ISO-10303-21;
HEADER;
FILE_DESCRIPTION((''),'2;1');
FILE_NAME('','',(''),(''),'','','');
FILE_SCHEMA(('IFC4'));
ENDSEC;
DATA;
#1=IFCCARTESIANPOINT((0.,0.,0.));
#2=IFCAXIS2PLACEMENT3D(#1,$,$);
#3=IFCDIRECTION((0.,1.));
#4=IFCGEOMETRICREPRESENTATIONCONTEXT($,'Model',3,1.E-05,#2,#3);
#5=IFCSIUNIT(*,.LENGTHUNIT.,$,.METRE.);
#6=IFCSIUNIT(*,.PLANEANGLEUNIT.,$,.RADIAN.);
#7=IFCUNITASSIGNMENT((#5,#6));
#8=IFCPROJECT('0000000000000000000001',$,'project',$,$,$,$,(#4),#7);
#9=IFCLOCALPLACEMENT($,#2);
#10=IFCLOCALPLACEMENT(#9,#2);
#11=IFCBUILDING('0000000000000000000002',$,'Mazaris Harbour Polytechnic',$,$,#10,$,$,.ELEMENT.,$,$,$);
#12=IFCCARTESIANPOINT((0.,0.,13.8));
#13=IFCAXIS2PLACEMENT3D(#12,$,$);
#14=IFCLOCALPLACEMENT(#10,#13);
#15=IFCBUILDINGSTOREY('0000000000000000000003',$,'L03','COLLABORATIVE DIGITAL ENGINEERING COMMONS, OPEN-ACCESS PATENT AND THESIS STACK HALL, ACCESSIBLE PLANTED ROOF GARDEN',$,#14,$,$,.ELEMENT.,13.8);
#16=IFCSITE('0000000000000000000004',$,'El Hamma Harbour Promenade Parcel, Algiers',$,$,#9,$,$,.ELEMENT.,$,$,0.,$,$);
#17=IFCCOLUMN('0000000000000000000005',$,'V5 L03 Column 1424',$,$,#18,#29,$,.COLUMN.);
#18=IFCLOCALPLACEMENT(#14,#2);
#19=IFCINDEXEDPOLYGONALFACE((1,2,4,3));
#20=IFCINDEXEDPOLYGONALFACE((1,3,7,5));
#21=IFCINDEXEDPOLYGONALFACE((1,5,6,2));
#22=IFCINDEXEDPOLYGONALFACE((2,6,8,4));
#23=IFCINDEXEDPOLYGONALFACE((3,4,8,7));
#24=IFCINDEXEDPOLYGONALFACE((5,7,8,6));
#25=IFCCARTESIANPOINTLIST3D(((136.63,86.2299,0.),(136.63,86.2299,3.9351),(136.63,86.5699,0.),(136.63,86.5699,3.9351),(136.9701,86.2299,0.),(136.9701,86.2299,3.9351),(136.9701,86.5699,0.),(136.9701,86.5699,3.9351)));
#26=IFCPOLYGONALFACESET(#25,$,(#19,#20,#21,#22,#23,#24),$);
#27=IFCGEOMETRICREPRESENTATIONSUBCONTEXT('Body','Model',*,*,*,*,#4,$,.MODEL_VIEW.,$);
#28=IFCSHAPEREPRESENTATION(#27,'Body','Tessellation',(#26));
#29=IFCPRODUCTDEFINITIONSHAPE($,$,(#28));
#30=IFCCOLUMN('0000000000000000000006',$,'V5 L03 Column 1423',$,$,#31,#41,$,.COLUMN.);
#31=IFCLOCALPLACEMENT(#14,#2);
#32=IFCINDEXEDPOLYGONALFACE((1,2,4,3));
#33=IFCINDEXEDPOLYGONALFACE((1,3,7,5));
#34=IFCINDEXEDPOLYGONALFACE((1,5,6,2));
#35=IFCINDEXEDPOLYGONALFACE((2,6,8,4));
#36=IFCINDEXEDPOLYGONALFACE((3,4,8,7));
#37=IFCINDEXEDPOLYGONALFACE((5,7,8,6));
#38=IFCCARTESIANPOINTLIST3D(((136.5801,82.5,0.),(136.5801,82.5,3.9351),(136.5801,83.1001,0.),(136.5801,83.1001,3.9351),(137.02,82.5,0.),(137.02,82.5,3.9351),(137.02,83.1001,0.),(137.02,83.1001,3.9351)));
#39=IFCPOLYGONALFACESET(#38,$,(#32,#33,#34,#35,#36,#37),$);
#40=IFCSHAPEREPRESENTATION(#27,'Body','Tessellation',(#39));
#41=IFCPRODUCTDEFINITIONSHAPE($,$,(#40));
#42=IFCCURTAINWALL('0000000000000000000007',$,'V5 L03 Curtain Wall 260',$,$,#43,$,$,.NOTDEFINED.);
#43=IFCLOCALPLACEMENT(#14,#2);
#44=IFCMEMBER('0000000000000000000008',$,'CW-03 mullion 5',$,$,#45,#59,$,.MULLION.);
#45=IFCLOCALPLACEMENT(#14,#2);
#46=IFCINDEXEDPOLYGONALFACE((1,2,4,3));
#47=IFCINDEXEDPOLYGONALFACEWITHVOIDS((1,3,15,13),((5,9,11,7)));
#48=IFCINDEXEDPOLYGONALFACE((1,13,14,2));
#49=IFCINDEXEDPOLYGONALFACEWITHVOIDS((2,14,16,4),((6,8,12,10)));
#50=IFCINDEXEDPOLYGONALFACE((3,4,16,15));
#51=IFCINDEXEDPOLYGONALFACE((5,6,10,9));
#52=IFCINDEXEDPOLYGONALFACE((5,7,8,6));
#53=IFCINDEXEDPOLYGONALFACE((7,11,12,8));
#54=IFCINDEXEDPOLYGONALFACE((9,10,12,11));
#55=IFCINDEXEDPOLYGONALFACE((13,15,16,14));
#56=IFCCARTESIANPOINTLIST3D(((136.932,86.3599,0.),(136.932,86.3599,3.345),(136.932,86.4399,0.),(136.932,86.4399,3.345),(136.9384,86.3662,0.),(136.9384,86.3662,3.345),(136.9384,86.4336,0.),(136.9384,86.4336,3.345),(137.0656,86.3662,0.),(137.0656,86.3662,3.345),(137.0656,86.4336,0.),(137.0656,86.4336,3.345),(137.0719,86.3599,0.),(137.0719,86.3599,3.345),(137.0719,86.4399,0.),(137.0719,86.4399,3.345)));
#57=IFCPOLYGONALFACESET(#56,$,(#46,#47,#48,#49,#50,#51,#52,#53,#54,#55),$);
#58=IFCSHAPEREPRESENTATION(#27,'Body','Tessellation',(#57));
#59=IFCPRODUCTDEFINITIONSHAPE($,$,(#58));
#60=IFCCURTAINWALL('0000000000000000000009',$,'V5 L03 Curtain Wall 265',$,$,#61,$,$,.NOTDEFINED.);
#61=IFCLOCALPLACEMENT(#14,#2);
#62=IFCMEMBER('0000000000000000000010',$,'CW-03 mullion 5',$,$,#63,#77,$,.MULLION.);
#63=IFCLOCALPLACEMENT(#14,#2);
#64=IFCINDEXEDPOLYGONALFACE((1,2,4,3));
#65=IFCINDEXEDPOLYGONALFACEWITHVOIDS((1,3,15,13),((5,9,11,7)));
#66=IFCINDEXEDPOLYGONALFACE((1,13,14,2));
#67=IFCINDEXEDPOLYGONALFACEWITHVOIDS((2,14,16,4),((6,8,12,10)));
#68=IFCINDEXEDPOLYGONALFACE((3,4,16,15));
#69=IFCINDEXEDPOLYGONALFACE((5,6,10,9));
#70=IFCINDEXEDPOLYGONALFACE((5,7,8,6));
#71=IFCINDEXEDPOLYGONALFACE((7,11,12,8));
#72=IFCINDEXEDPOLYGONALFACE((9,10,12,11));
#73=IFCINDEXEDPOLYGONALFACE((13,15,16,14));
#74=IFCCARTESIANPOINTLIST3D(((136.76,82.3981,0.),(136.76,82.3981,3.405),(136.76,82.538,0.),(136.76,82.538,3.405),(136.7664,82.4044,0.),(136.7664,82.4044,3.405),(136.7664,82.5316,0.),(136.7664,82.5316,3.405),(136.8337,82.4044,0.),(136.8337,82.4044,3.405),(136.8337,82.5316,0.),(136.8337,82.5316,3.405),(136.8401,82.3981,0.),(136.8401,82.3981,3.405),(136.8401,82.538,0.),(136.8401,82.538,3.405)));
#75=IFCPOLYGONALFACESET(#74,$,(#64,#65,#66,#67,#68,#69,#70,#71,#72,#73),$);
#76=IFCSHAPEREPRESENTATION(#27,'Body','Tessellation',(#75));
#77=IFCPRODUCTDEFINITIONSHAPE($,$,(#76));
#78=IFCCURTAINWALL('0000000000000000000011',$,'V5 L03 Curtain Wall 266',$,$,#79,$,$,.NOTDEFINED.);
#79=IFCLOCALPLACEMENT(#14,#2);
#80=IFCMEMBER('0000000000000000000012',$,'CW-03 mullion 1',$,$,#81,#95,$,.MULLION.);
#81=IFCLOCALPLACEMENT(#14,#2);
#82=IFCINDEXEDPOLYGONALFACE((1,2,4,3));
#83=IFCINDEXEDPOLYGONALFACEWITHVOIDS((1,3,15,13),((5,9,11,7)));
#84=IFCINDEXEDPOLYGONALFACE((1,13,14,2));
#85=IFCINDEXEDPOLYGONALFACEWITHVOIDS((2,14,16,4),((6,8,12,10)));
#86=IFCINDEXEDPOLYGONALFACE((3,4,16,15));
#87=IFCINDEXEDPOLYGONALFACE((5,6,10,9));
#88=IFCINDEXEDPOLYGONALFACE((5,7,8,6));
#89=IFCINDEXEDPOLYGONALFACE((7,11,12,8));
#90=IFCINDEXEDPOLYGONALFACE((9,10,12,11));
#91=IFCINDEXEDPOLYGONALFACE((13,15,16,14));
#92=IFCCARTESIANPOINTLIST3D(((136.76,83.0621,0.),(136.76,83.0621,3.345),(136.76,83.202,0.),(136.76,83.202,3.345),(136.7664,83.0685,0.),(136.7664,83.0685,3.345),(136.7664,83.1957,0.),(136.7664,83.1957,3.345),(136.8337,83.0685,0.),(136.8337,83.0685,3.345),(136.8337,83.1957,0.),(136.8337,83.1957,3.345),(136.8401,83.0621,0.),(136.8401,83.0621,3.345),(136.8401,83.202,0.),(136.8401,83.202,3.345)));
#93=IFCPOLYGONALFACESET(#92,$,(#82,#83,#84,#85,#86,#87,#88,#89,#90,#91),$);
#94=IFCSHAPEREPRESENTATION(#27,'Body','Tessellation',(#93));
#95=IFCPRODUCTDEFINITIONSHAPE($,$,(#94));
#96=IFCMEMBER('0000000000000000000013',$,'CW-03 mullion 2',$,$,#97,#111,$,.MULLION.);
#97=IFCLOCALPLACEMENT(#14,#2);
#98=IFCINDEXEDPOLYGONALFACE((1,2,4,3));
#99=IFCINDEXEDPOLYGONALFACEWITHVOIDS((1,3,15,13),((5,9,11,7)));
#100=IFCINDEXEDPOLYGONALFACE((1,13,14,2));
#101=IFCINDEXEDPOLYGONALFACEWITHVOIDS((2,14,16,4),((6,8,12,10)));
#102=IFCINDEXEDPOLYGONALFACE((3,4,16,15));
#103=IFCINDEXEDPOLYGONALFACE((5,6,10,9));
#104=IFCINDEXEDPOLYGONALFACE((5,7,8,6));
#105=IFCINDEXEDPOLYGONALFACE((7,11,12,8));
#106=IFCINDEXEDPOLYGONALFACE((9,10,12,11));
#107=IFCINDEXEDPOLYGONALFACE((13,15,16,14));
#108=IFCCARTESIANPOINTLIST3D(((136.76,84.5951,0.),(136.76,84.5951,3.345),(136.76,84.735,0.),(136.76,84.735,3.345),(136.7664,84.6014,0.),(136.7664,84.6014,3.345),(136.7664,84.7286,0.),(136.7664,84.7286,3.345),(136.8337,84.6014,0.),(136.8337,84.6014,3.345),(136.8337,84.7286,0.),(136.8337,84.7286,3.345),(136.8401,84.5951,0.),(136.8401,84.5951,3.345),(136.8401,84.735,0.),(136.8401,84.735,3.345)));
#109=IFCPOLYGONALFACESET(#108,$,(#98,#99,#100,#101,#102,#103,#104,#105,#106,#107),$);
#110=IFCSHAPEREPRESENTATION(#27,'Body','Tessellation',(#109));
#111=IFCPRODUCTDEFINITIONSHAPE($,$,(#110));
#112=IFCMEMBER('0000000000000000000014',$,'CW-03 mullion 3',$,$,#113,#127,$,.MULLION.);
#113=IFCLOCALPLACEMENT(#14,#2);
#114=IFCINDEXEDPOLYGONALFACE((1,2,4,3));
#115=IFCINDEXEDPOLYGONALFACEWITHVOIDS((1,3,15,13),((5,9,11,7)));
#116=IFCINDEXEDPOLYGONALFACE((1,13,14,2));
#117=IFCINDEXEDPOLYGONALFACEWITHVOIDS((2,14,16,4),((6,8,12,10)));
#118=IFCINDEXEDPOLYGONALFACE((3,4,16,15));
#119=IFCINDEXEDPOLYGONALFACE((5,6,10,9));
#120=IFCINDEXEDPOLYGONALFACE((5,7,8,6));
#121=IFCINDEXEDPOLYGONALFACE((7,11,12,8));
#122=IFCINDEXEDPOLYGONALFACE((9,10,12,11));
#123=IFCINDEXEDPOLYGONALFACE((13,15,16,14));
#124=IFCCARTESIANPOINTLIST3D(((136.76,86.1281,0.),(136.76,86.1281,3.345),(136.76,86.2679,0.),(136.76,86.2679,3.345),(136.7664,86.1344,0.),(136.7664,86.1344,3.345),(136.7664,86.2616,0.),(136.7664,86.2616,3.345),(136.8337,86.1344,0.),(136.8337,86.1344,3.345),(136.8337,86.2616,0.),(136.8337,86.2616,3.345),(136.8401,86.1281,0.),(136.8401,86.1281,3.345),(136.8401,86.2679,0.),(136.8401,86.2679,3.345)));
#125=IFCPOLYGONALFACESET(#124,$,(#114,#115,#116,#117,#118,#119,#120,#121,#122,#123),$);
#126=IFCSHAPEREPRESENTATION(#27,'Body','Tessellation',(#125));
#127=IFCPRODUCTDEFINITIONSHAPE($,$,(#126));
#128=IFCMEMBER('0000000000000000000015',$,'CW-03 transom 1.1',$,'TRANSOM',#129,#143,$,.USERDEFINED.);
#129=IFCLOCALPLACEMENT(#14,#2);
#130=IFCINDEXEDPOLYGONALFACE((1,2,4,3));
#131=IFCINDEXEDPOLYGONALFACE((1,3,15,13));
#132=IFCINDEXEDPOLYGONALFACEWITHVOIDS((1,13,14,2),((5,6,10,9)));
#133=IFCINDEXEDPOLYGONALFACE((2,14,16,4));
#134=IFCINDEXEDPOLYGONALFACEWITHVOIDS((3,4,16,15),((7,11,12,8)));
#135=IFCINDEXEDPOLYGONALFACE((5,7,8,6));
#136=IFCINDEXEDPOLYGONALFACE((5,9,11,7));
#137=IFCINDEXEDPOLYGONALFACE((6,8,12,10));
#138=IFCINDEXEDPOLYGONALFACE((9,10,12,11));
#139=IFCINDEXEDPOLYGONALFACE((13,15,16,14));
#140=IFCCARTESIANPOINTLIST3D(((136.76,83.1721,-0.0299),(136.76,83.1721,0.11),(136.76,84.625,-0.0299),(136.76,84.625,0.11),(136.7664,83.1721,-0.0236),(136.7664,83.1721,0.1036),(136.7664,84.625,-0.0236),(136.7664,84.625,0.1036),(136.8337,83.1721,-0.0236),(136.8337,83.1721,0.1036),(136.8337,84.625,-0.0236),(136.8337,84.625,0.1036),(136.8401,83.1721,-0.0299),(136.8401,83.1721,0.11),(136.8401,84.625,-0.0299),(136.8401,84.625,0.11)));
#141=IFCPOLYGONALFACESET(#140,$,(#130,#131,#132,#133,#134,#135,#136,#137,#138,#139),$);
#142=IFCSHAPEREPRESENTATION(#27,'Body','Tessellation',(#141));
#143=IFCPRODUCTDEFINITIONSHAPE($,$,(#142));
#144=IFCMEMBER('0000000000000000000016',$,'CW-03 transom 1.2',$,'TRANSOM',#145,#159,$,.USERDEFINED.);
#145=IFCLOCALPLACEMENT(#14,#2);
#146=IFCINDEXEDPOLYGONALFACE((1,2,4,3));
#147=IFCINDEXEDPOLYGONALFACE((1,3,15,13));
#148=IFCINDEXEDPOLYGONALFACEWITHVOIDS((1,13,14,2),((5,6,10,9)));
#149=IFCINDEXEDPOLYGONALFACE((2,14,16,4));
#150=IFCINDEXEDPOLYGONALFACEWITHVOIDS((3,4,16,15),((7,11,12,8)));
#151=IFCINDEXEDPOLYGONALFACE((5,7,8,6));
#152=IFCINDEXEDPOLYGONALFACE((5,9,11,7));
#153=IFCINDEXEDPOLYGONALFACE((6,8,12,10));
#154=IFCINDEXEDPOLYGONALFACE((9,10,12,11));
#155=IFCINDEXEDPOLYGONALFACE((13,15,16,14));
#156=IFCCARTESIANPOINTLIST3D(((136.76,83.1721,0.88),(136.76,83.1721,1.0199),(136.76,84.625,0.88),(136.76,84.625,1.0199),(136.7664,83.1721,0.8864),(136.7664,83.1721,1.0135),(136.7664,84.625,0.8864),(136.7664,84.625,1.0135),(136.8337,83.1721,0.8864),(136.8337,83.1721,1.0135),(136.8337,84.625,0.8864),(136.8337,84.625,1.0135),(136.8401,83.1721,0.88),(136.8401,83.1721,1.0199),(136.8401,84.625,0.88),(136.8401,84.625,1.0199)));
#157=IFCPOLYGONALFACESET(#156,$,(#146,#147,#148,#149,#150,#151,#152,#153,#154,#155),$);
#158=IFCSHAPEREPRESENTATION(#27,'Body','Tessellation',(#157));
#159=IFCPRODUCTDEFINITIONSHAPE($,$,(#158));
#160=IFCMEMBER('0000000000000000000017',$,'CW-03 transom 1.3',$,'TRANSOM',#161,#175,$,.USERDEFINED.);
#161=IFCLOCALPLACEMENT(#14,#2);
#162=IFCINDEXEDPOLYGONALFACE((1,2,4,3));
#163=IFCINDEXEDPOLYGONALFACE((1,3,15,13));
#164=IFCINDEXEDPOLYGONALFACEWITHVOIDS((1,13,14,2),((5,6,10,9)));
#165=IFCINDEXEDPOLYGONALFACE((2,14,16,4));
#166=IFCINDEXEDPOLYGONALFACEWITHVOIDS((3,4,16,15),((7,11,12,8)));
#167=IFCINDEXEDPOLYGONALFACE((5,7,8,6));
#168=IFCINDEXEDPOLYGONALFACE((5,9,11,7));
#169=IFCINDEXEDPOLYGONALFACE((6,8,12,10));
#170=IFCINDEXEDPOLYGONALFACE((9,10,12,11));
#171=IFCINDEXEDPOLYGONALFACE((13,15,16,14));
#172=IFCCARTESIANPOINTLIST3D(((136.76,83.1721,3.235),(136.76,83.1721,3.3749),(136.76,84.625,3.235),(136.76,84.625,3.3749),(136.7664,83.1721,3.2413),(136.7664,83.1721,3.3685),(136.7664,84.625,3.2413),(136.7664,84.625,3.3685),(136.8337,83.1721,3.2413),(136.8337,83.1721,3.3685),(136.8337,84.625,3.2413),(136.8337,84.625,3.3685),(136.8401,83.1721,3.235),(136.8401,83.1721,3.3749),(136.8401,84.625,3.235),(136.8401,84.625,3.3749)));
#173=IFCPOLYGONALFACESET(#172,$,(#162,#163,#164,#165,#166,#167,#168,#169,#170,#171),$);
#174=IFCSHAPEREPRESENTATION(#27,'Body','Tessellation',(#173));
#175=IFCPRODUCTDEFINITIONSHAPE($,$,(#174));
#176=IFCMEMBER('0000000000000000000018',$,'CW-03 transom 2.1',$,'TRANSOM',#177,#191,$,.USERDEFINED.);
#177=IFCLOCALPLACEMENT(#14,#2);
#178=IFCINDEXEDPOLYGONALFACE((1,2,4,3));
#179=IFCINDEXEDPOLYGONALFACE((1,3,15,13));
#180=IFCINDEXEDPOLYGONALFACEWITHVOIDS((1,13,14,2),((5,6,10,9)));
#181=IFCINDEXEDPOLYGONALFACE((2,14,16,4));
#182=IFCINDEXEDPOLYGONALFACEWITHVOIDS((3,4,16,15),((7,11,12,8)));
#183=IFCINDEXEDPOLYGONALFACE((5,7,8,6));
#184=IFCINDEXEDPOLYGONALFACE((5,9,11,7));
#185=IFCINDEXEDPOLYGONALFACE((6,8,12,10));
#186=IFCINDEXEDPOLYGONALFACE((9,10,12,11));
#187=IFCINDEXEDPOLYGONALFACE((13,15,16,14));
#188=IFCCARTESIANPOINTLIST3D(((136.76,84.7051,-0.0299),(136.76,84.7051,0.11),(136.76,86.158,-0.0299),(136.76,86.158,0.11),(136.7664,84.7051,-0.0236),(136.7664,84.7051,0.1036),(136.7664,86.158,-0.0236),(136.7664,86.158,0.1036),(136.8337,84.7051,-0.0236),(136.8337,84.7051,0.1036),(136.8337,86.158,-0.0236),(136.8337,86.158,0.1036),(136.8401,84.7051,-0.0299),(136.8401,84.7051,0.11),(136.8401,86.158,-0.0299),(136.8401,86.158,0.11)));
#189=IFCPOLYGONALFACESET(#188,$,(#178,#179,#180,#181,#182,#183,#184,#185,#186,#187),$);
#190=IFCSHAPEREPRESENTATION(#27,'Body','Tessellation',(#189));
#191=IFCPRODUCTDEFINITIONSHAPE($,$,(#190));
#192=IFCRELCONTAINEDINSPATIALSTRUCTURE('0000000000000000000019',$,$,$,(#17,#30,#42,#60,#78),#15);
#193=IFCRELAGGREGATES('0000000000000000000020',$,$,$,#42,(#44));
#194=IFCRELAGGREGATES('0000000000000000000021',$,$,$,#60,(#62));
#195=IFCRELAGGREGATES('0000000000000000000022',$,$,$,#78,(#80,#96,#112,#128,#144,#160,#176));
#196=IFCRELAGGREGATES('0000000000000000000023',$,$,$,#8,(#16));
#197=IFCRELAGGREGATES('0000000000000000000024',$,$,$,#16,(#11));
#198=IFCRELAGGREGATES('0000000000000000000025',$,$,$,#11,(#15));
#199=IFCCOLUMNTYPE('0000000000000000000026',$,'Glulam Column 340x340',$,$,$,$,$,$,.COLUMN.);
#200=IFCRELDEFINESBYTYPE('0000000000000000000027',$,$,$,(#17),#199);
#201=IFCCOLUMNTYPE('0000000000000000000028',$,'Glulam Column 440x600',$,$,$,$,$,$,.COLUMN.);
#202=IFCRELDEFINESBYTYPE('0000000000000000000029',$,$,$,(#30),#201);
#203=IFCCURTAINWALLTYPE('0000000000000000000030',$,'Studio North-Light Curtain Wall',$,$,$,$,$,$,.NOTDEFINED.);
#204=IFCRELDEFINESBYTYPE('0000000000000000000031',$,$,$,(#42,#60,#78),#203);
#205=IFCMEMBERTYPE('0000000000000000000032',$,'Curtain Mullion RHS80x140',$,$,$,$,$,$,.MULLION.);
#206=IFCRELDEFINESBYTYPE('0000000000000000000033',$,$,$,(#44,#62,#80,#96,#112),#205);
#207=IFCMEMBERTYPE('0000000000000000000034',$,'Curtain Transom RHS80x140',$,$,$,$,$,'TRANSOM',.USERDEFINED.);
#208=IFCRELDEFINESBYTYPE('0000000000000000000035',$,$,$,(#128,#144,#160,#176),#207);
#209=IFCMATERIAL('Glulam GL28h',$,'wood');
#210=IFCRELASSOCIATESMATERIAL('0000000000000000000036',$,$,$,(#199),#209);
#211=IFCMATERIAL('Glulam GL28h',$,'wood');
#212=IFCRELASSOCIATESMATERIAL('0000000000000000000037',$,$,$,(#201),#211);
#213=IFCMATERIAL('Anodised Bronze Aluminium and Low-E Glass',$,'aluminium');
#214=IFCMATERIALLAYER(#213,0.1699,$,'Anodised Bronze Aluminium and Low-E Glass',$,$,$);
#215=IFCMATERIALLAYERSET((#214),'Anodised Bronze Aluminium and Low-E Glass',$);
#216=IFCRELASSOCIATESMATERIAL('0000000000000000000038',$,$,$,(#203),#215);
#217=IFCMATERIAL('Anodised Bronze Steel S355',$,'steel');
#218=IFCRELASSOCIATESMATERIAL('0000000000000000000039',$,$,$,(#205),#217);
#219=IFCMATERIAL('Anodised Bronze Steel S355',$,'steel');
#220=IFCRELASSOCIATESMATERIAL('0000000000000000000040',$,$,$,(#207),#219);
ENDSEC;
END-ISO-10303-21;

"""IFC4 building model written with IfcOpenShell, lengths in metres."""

from ifc_helpers import new_model, si_unit, direction, frame, origin, origin_2d, place, context, subcontext, project, spatial, rectangle, hollow_rectangle, extrude, material, layer, layer_set, material_profile, profile_set, type_object, element, aggregate, save


model = new_model("IFC4")

# Units and contexts
model_context = context("Model", 3, precision=1e-05, world=origin(), true_north=direction((0.0, 1.0)))
body_context = subcontext(model_context, "Body", "Model", "MODEL_VIEW")
ifc_project = project(units=[si_unit("LENGTHUNIT", "METRE"), si_unit("PLANEANGLEUNIT", "RADIAN")], contexts=[model_context])

# Site, building, storey
site_placement = place(None, origin())
site = spatial("IfcSite", under=ifc_project, at=site_placement, Name="El Hamma Harbour Promenade Parcel, Algiers", CompositionType="ELEMENT", RefElevation=0.0)
building_placement = place(site_placement, origin())
building = spatial("IfcBuilding", under=site, at=building_placement, Name="Mazaris Harbour Polytechnic", CompositionType="ELEMENT")
storey_placement = place(building_placement, frame((0.0, 0.0, 13.8)))
storey = spatial("IfcBuildingStorey", under=building, at=storey_placement, Name="L03", Description="COLLABORATIVE DIGITAL ENGINEERING COMMONS, OPEN-ACCESS PATENT AND THESIS STACK HALL, ACCESSIBLE PLANTED ROOF GARDEN", CompositionType="ELEMENT", Elevation=13.8)

# Columns
ifc_material_1 = material(Name="Glulam GL28h", Category="wood")
ifc_material_profile_1 = material_profile(ifc_material_1, rectangle(XDim=0.3401, YDim=0.3401, at=origin_2d()), Name="RECT340x340")
ifc_profile_set_1 = profile_set([ifc_material_profile_1], Name="Glulam GL28h")
column_type_1 = type_object("IfcColumnType", Name="Glulam Column 340x340", PredefinedType="COLUMN", material=ifc_profile_set_1)
column_1_placement = place(storey_placement, frame((136.8, 86.3999, 0.0), z_axis=(0.0, 0.0, 1.0), x_axis=(1.0, 0.0, 0.0)))
element("IfcColumn", 1, at=column_1_placement, inside=storey, type_object=column_type_1, Name="V5 L03 Column 1424", PredefinedType="COLUMN", context=body_context, shape_type="SweptSolid", body=[
    extrude(rectangle(XDim=0.3401, YDim=0.3401, at=origin_2d()), origin(), (0.0, 0.0, 1.0), 3.9351),
])
ifc_material_2 = material(Name="Glulam GL28h", Category="wood")
ifc_material_profile_2 = material_profile(ifc_material_2, rectangle(XDim=0.4399, YDim=0.6001, at=origin_2d()), Name="RECT440x600")
ifc_profile_set_2 = profile_set([ifc_material_profile_2], Name="Glulam GL28h")
column_type_2 = type_object("IfcColumnType", Name="Glulam Column 440x600", PredefinedType="COLUMN", material=ifc_profile_set_2)
column_2_placement = place(storey_placement, frame((136.8, 82.8, 0.0), z_axis=(0.0, 0.0, 1.0), x_axis=(1.0, 0.0, 0.0)))
element("IfcColumn", 2, at=column_2_placement, inside=storey, type_object=column_type_2, Name="V5 L03 Column 1423", PredefinedType="COLUMN", context=body_context, shape_type="SweptSolid", body=[
    extrude(rectangle(XDim=0.4399, YDim=0.6001, at=origin_2d()), origin(), (0.0, 0.0, 1.0), 3.9351),
])

# Curtain walls, members
ifc_material_3 = material(Name="Anodised Bronze Aluminium and Low-E Glass", Category="aluminium")
ifc_layer_1 = layer(ifc_material_3, 0.1699, Name="Anodised Bronze Aluminium and Low-E Glass")
ifc_layer_set_1 = layer_set([ifc_layer_1], Name="Anodised Bronze Aluminium and Low-E Glass")
curtain_wall_type = type_object("IfcCurtainWallType", Name="Studio North-Light Curtain Wall", PredefinedType="NOTDEFINED", material=ifc_layer_set_1)
curtain_wall_1_placement = place(storey_placement, origin())
curtain_wall_1 = element("IfcCurtainWall", 3, at=curtain_wall_1_placement, inside=storey, type_object=curtain_wall_type, Name="V5 L03 Curtain Wall 260", PredefinedType="NOTDEFINED")
ifc_material_4 = material(Name="Anodised Bronze Steel S355", Category="steel")
ifc_material_profile_3 = material_profile(ifc_material_4, hollow_rectangle(XDim=0.0801, YDim=0.1399, WallThickness=0.0063, at=origin_2d()), Name="RHS 80x140x6.3")
ifc_profile_set_3 = profile_set([ifc_material_profile_3], Name="Anodised Bronze Steel S355")
member_type_1 = type_object("IfcMemberType", Name="Curtain Mullion RHS80x140", PredefinedType="MULLION", material=ifc_profile_set_3)
member_1_placement = place(storey_placement, frame((137.002, 86.3999, 0.0), z_axis=(0.0, 0.0, 1.0), x_axis=(0.0, -1.0, 0.0)))
member_1 = element("IfcMember", 4, at=member_1_placement, type_object=member_type_1, Name="CW-03 mullion 5", PredefinedType="MULLION", context=body_context, shape_type="SweptSolid", body=[
    extrude(hollow_rectangle(XDim=0.0801, YDim=0.1399, WallThickness=0.0063, at=origin_2d()), origin(), (0.0, 0.0, 1.0), 3.345),
])
aggregate(curtain_wall_1, [member_1])
curtain_wall_2_placement = place(storey_placement, origin())
curtain_wall_2 = element("IfcCurtainWall", 5, at=curtain_wall_2_placement, inside=storey, type_object=curtain_wall_type, Name="V5 L03 Curtain Wall 265", PredefinedType="NOTDEFINED")
member_2_placement = place(storey_placement, frame((136.8, 82.468, 0.0), z_axis=(0.0, 0.0, 1.0), x_axis=(-1.0, 0.0, 0.0)))
member_2 = element("IfcMember", 6, at=member_2_placement, type_object=member_type_1, Name="CW-03 mullion 5", PredefinedType="MULLION", context=body_context, shape_type="SweptSolid", body=[
    extrude(hollow_rectangle(XDim=0.0801, YDim=0.1399, WallThickness=0.0063, at=origin_2d()), origin(), (0.0, 0.0, 1.0), 3.405),
])
aggregate(curtain_wall_2, [member_2])

# Curtain wall, members
curtain_wall_3_placement = place(storey_placement, origin())
curtain_wall_3 = element("IfcCurtainWall", 7, at=curtain_wall_3_placement, inside=storey, type_object=curtain_wall_type, Name="V5 L03 Curtain Wall 266", PredefinedType="NOTDEFINED")
member_3_placement = place(storey_placement, frame((136.8, 83.1321, 0.0), z_axis=(0.0, 0.0, 1.0), x_axis=(-1.0, 0.0, 0.0)))
member_3 = element("IfcMember", 8, at=member_3_placement, type_object=member_type_1, Name="CW-03 mullion 1", PredefinedType="MULLION", context=body_context, shape_type="SweptSolid", body=[
    extrude(hollow_rectangle(XDim=0.0801, YDim=0.1399, WallThickness=0.0063, at=origin_2d()), origin(), (0.0, 0.0, 1.0), 3.345),
])
member_4_placement = place(storey_placement, frame((136.8, 84.665, 0.0), z_axis=(0.0, 0.0, 1.0), x_axis=(-1.0, 0.0, 0.0)))
member_4 = element("IfcMember", 9, at=member_4_placement, type_object=member_type_1, Name="CW-03 mullion 2", PredefinedType="MULLION", context=body_context, shape_type="SweptSolid", body=[
    extrude(hollow_rectangle(XDim=0.0801, YDim=0.1399, WallThickness=0.0063, at=origin_2d()), origin(), (0.0, 0.0, 1.0), 3.345),
])
member_5_placement = place(storey_placement, frame((136.8, 86.198, 0.0), z_axis=(0.0, 0.0, 1.0), x_axis=(-1.0, 0.0, 0.0)))
member_5 = element("IfcMember", 10, at=member_5_placement, type_object=member_type_1, Name="CW-03 mullion 3", PredefinedType="MULLION", context=body_context, shape_type="SweptSolid", body=[
    extrude(hollow_rectangle(XDim=0.0801, YDim=0.1399, WallThickness=0.0063, at=origin_2d()), origin(), (0.0, 0.0, 1.0), 3.345),
])
ifc_material_5 = material(Name="Anodised Bronze Steel S355", Category="steel")
ifc_material_profile_4 = material_profile(ifc_material_5, hollow_rectangle(XDim=0.0801, YDim=0.1399, WallThickness=0.0063, at=origin_2d()), Name="RHS 80x140x6.3")
ifc_profile_set_4 = profile_set([ifc_material_profile_4], Name="Anodised Bronze Steel S355")
member_type_2 = type_object("IfcMemberType", Name="Curtain Transom RHS80x140", ElementType="TRANSOM", PredefinedType="USERDEFINED", material=ifc_profile_set_4)
member_6_placement = place(storey_placement, frame((136.8, 83.1721, 0.04), z_axis=(0.0, 1.0, 0.0), x_axis=(-1.0, 0.0, 0.0)))
member_6 = element("IfcMember", 11, at=member_6_placement, type_object=member_type_2, Name="CW-03 transom 1.1", ObjectType="TRANSOM", PredefinedType="USERDEFINED", context=body_context, shape_type="SweptSolid", body=[
    extrude(hollow_rectangle(XDim=0.0801, YDim=0.1399, WallThickness=0.0063, at=origin_2d()), origin(), (0.0, 0.0, 1.0), 1.4529),
])
member_7_placement = place(storey_placement, frame((136.8, 83.1721, 0.95), z_axis=(0.0, 1.0, 0.0), x_axis=(-1.0, 0.0, 0.0)))
member_7 = element("IfcMember", 12, at=member_7_placement, type_object=member_type_2, Name="CW-03 transom 1.2", ObjectType="TRANSOM", PredefinedType="USERDEFINED", context=body_context, shape_type="SweptSolid", body=[
    extrude(hollow_rectangle(XDim=0.0801, YDim=0.1399, WallThickness=0.0063, at=origin_2d()), origin(), (0.0, 0.0, 1.0), 1.4529),
])
member_8_placement = place(storey_placement, frame((136.8, 83.1721, 3.3049), z_axis=(0.0, 1.0, 0.0), x_axis=(-1.0, 0.0, 0.0)))
member_8 = element("IfcMember", 13, at=member_8_placement, type_object=member_type_2, Name="CW-03 transom 1.3", ObjectType="TRANSOM", PredefinedType="USERDEFINED", context=body_context, shape_type="SweptSolid", body=[
    extrude(hollow_rectangle(XDim=0.0801, YDim=0.1399, WallThickness=0.0063, at=origin_2d()), origin(), (0.0, 0.0, 1.0), 1.4529),
])
member_9_placement = place(storey_placement, frame((136.8, 84.7051, 0.04), z_axis=(0.0, 1.0, 0.0), x_axis=(-1.0, 0.0, 0.0)))
member_9 = element("IfcMember", 14, at=member_9_placement, type_object=member_type_2, Name="CW-03 transom 2.1", ObjectType="TRANSOM", PredefinedType="USERDEFINED", context=body_context, shape_type="SweptSolid", body=[
    extrude(hollow_rectangle(XDim=0.0801, YDim=0.1399, WallThickness=0.0063, at=origin_2d()), origin(), (0.0, 0.0, 1.0), 1.4529),
])

aggregate(curtain_wall_3, [member_3, member_4, member_5, member_6, member_7, member_8, member_9])

save(model, "model.ifc")
